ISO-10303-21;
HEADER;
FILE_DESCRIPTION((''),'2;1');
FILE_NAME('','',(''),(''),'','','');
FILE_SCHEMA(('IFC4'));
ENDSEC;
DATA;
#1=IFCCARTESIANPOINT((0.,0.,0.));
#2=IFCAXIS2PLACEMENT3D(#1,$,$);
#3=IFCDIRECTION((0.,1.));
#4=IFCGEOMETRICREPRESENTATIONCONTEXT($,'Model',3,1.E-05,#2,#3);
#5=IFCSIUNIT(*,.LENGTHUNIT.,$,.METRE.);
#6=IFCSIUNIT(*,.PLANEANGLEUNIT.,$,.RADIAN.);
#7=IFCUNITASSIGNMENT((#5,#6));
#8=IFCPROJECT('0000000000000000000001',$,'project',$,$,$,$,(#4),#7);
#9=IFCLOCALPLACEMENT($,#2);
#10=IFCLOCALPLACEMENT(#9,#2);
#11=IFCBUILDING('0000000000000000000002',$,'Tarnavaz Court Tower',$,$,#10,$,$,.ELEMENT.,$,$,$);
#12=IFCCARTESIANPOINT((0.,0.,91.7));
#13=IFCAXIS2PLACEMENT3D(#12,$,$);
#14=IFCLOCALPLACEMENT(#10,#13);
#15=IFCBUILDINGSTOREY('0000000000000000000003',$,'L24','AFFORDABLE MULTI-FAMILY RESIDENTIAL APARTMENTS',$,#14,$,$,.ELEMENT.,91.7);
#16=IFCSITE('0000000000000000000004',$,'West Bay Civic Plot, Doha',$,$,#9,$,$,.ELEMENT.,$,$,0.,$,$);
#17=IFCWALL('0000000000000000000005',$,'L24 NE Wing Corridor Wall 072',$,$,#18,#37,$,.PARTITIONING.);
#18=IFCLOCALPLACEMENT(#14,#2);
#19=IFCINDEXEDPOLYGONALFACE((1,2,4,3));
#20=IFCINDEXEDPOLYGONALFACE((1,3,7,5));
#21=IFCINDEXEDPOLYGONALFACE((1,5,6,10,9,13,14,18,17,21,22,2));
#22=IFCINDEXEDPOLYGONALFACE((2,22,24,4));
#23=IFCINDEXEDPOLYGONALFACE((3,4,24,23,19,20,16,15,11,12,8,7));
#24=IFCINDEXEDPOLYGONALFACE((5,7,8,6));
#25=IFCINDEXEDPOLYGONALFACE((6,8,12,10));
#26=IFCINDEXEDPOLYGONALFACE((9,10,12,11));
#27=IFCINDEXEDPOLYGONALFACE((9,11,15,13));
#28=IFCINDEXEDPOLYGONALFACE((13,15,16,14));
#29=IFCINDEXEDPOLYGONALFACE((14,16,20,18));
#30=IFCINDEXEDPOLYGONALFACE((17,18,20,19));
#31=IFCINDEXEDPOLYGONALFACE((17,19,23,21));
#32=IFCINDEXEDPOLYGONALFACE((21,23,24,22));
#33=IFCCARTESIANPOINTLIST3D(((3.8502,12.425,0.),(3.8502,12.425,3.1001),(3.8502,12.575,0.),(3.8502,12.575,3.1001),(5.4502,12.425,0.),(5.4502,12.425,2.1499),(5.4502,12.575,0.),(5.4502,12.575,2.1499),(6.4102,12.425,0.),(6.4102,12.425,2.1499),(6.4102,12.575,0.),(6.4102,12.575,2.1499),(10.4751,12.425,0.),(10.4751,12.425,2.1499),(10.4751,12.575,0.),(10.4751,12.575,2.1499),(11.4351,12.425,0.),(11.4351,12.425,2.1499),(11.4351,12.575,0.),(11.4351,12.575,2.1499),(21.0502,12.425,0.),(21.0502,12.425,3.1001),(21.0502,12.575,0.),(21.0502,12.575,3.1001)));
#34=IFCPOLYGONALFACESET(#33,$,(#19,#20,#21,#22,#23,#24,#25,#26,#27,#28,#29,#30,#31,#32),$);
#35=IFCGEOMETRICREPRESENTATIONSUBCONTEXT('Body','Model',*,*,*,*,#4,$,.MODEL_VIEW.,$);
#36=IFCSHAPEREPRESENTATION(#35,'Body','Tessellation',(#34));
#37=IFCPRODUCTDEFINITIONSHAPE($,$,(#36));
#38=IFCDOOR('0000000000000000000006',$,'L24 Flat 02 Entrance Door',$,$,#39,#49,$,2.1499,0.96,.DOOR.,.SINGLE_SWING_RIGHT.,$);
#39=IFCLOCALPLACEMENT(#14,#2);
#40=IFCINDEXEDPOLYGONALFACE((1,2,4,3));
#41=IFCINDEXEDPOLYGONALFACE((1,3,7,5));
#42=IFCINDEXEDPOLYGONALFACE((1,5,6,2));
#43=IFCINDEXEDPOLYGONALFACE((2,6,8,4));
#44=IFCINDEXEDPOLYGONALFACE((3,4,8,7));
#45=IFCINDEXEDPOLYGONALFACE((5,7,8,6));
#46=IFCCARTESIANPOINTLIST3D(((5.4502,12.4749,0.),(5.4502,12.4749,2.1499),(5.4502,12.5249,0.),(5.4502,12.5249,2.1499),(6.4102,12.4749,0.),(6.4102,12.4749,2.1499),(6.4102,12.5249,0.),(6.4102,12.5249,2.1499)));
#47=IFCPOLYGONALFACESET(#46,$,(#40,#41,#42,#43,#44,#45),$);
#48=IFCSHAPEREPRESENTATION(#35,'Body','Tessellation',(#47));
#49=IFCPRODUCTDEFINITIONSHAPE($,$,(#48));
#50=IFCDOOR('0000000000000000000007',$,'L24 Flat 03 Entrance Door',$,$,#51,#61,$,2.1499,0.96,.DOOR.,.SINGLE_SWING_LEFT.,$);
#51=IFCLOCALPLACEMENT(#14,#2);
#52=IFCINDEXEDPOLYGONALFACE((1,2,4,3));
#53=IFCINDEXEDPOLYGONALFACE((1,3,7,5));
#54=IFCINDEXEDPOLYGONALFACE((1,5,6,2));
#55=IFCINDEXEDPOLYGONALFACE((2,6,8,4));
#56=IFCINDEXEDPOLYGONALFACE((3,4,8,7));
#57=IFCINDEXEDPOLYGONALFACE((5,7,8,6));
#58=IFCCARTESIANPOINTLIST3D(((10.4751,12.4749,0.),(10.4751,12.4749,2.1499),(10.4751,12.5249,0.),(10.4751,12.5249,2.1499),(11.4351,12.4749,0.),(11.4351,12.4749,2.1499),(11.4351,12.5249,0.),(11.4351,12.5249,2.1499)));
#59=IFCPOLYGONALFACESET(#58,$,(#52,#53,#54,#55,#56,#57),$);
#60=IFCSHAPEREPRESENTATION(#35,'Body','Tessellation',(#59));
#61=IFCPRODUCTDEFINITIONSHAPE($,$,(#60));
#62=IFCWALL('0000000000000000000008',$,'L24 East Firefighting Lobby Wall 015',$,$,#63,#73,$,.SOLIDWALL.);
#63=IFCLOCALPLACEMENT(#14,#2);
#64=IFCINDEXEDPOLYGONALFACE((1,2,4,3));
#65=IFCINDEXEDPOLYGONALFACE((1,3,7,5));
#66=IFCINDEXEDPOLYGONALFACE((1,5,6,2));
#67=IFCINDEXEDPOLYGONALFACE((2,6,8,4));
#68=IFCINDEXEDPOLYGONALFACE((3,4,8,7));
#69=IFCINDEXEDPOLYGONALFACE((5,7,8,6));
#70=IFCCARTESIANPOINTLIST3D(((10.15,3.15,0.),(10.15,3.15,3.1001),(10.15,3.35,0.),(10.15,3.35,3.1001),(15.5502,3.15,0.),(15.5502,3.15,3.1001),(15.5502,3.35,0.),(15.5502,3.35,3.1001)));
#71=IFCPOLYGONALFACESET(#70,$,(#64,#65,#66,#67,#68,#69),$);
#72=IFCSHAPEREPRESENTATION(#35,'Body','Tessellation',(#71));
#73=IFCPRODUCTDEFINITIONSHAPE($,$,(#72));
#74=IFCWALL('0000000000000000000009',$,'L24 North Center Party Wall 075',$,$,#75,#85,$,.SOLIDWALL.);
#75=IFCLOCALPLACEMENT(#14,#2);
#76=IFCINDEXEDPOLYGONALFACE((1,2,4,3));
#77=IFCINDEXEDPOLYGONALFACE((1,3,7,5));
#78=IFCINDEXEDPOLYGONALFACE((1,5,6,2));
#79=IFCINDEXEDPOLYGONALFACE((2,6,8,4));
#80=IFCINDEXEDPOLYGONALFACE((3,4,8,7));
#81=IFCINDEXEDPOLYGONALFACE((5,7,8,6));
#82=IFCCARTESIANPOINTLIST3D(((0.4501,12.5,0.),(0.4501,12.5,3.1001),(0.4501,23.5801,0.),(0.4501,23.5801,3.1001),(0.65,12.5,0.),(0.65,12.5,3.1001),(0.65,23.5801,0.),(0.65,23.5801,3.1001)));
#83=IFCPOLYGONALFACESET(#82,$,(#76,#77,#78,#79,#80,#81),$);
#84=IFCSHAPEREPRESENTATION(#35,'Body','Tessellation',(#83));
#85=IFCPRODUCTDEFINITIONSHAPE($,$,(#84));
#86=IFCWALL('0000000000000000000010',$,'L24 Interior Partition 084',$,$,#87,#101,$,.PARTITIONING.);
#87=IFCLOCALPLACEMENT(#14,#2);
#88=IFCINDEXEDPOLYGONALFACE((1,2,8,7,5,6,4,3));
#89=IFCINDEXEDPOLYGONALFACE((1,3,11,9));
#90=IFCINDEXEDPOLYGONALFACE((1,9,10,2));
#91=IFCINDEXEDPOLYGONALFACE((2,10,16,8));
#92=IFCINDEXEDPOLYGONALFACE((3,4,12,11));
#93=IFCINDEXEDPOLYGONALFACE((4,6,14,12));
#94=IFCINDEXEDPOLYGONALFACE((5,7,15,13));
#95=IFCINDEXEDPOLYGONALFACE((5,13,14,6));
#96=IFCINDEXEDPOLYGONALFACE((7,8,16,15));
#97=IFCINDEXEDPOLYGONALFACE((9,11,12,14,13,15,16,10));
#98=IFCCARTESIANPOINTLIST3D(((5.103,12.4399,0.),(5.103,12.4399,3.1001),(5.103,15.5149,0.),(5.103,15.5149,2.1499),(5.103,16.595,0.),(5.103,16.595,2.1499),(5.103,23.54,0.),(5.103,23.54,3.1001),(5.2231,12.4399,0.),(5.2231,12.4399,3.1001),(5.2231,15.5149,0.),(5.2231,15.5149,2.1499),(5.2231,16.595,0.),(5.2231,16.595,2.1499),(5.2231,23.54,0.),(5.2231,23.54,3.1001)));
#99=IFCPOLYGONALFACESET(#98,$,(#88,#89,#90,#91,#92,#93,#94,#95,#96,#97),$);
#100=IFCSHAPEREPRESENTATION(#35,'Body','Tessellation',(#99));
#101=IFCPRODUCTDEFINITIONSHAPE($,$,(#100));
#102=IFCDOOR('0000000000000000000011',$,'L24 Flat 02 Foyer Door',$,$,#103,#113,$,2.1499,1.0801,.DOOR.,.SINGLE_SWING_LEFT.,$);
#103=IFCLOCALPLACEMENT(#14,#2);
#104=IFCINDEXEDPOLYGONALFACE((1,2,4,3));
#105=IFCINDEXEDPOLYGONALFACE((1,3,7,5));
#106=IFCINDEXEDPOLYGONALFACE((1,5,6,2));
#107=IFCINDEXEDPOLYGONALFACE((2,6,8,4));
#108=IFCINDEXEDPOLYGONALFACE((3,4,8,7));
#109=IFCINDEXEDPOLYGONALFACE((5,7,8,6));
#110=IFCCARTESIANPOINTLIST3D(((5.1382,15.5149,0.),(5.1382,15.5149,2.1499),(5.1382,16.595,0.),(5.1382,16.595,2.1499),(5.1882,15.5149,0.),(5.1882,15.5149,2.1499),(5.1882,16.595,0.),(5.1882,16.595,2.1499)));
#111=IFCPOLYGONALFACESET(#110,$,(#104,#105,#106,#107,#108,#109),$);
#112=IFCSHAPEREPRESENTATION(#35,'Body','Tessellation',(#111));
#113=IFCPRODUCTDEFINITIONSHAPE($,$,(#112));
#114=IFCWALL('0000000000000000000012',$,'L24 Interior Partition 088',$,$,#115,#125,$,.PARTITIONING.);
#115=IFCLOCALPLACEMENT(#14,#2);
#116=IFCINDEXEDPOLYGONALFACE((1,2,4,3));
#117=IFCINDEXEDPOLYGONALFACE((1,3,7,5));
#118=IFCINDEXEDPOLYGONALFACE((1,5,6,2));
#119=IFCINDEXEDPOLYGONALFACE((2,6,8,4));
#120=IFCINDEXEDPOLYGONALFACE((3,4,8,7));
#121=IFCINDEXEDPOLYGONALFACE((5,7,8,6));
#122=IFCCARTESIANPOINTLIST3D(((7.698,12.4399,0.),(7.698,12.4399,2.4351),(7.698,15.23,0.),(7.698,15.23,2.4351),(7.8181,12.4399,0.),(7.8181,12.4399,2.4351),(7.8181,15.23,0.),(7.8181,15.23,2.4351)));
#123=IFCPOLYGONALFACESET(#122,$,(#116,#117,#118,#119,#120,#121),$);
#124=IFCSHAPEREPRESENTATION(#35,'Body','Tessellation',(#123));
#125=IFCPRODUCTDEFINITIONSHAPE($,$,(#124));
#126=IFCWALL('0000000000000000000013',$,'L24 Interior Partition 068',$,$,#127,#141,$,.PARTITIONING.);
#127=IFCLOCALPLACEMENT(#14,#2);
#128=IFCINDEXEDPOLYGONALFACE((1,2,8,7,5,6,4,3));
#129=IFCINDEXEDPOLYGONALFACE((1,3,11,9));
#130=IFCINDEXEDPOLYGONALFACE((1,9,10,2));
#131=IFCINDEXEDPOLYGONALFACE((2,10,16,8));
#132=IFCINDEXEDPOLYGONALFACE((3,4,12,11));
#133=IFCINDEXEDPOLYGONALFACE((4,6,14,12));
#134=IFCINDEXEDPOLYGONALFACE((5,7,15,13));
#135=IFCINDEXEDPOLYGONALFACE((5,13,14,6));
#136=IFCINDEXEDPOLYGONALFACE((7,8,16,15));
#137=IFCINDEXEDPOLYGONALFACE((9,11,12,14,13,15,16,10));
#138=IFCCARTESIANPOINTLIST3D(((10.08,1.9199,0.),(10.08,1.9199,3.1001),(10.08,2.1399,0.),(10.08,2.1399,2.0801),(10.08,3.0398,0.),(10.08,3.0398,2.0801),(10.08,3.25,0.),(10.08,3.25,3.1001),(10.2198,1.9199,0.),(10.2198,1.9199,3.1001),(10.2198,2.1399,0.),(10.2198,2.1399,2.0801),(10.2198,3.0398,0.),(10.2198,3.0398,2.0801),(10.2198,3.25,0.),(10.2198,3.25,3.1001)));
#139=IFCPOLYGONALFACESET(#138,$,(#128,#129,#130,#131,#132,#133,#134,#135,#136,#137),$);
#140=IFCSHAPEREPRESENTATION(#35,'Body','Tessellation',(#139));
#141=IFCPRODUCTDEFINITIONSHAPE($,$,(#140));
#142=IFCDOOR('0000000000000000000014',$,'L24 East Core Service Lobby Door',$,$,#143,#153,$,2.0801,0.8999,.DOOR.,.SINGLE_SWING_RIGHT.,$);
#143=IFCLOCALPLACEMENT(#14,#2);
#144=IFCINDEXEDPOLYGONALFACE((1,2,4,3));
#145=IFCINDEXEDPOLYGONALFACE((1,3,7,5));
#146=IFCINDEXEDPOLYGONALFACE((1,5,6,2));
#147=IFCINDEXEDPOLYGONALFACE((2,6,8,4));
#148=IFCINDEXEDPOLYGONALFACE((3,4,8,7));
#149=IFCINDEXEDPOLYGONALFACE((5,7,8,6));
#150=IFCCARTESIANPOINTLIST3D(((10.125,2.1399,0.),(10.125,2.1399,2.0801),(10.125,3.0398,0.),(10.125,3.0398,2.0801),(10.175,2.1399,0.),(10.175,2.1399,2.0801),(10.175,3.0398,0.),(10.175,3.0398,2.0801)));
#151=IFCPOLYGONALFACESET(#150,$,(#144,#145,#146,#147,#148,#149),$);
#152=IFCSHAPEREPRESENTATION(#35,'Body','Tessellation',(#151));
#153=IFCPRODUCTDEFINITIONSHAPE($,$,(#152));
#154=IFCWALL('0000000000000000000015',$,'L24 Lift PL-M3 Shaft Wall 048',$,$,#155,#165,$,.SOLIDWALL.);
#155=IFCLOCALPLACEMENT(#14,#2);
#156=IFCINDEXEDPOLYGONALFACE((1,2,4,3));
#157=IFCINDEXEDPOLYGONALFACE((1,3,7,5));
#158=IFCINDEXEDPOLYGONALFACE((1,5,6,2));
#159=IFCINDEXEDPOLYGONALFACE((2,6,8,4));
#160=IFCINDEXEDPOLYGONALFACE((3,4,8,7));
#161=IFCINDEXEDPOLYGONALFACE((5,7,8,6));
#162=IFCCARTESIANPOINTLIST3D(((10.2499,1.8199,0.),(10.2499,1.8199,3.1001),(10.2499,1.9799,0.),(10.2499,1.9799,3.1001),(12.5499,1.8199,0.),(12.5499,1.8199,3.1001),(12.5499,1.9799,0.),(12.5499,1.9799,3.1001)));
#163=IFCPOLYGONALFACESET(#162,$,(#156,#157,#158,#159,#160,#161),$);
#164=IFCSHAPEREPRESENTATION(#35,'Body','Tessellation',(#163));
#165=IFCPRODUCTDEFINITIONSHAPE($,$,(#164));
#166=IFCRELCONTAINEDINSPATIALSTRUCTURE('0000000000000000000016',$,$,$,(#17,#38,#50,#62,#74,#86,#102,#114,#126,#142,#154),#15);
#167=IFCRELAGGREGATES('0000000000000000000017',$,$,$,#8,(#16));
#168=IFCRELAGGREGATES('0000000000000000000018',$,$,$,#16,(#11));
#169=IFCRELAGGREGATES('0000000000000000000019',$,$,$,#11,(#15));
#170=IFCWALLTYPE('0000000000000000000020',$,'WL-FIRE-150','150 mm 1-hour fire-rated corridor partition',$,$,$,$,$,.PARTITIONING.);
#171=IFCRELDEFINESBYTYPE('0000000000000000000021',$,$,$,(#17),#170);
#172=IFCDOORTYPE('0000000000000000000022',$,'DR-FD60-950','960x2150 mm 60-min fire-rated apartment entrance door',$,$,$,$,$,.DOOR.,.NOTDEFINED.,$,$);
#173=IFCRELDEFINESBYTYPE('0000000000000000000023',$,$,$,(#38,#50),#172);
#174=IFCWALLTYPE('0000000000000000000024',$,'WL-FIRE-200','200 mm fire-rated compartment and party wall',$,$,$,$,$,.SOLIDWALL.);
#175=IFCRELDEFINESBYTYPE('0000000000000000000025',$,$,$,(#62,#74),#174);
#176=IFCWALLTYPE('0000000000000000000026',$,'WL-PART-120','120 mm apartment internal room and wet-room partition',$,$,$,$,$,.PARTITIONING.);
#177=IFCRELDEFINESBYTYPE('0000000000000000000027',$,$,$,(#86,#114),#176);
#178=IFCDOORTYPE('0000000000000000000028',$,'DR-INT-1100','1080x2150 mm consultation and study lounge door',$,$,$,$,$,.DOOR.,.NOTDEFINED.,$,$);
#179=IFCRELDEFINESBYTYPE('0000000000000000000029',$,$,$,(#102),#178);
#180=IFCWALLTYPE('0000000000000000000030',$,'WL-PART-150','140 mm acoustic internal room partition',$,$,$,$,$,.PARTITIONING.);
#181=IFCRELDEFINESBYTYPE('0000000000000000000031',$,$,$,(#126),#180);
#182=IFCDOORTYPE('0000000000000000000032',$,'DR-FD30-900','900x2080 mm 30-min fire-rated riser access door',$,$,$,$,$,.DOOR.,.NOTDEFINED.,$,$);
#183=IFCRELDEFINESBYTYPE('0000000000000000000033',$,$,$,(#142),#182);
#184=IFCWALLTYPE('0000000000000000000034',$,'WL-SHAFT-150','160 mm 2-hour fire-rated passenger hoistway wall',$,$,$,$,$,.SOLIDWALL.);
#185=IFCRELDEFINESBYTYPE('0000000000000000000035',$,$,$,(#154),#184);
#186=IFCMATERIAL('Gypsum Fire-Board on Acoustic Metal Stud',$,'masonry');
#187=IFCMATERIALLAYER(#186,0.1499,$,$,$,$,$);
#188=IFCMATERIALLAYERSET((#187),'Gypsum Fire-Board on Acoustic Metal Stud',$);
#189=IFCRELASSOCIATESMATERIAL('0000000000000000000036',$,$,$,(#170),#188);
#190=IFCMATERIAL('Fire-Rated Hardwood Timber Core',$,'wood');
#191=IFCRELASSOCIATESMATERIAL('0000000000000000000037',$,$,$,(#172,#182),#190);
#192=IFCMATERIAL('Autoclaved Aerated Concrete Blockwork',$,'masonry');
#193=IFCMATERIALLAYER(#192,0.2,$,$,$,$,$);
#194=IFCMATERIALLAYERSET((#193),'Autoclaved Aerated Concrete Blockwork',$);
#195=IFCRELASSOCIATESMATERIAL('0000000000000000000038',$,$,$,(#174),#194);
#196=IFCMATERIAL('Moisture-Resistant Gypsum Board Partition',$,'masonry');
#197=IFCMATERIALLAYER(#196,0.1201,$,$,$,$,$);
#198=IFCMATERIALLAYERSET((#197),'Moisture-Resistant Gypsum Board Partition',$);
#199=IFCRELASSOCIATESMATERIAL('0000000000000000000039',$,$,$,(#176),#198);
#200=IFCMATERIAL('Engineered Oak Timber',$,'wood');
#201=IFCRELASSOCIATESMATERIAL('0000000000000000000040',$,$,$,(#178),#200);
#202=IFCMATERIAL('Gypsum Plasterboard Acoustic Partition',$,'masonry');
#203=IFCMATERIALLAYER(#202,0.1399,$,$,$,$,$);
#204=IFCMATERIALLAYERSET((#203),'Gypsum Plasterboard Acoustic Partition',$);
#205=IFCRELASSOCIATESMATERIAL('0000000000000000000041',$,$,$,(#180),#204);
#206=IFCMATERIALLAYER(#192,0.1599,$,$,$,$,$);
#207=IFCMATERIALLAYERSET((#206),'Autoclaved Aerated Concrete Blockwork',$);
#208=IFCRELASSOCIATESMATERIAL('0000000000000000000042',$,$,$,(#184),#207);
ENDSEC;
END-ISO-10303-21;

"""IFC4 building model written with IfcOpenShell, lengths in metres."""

from ifc_helpers import new_model, si_unit, direction, frame, frame_2d, origin, place, context, subcontext, project, spatial, rectangle, extrude, material, layer, layer_set, type_object, element, fill, save


model = new_model("IFC4")

# Units and contexts
model_context = context("Model", 3, precision=1e-05, world=origin(), true_north=direction((0.0, 1.0)))
body_context = subcontext(model_context, "Body", "Model", "MODEL_VIEW")
ifc_project = project(units=[si_unit("LENGTHUNIT", "METRE"), si_unit("PLANEANGLEUNIT", "RADIAN")], contexts=[model_context])

# Site, building, storey
site_placement = place(None, origin())
site = spatial("IfcSite", under=ifc_project, at=site_placement, Name="West Bay Civic Plot, Doha", CompositionType="ELEMENT", RefElevation=0.0)
building_placement = place(site_placement, origin())
building = spatial("IfcBuilding", under=site, at=building_placement, Name="Tarnavaz Court Tower", CompositionType="ELEMENT")
storey_placement = place(building_placement, frame((0.0, 0.0, 91.7)))
storey = spatial("IfcBuildingStorey", under=building, at=storey_placement, Name="L24", Description="AFFORDABLE MULTI-FAMILY RESIDENTIAL APARTMENTS", CompositionType="ELEMENT", Elevation=91.7)

# Shared definitions
ifc_material_1 = material(Name="Fire-Rated Hardwood Timber Core", Category="wood")

# Wall, openings, doors
ifc_material_2 = material(Name="Gypsum Fire-Board on Acoustic Metal Stud", Category="masonry")
ifc_layer_1 = layer(ifc_material_2, 0.1499)
ifc_layer_set_1 = layer_set([ifc_layer_1], Name="Gypsum Fire-Board on Acoustic Metal Stud")
wall_type_1 = type_object("IfcWallType", Name="WL-FIRE-150", Description="150 mm 1-hour fire-rated corridor partition", PredefinedType="PARTITIONING", material=ifc_layer_set_1)
wall_1_placement = place(storey_placement, frame((3.8501, 12.5, 0.0), z_axis=(0.0, 0.0, 1.0), x_axis=(1.0, 0.0, 0.0)))
wall_1 = element("IfcWall", 1, at=wall_1_placement, inside=storey, type_object=wall_type_1, Name="L24 NE Wing Corridor Wall 072", PredefinedType="PARTITIONING", context=body_context, shape_type="SweptSolid", body=[
    extrude(rectangle(XDim=17.2, YDim=0.1499, at=frame_2d((8.6001, 0.0))), origin(), (0.0, 0.0, 1.0), 3.1001),
])
opening_1_placement = place(wall_1_placement, frame((1.6001, 0.0, 0.0)))
opening_1 = element("IfcOpeningElement", 2, at=opening_1_placement, cuts=wall_1, PredefinedType="OPENING", context=body_context, shape_type="SweptSolid", body=[
    extrude(rectangle(XDim=0.96, YDim=2.1499, at=frame_2d((0.48, 1.075))), frame((0.0, 0.085, 0.0), z_axis=(0.0, -1.0, 0.0), x_axis=(1.0, 0.0, 0.0)), (0.0, 0.0, 1.0), 0.1699),
])
opening_2_placement = place(wall_1_placement, frame((6.625, 0.0, 0.0)))
opening_2 = element("IfcOpeningElement", 3, at=opening_2_placement, cuts=wall_1, PredefinedType="OPENING", context=body_context, shape_type="SweptSolid", body=[
    extrude(rectangle(XDim=0.96, YDim=2.1499, at=frame_2d((0.48, 1.075))), frame((0.0, 0.085, 0.0), z_axis=(0.0, -1.0, 0.0), x_axis=(1.0, 0.0, 0.0)), (0.0, 0.0, 1.0), 0.1699),
])
door_type_1 = type_object("IfcDoorType", Name="DR-FD60-950", Description="960x2150 mm 60-min fire-rated apartment entrance door", OperationType="NOTDEFINED", PredefinedType="DOOR", material=ifc_material_1)
door_1_placement = place(opening_1_placement, origin())
door_1 = element("IfcDoor", 4, at=door_1_placement, inside=storey, type_object=door_type_1, Name="L24 Flat 02 Entrance Door", OperationType="SINGLE_SWING_RIGHT", OverallHeight=2.1499, OverallWidth=0.96, PredefinedType="DOOR", context=body_context, shape_type="SweptSolid", body=[
    extrude(rectangle(XDim=0.96, YDim=2.1499, at=frame_2d((0.48, 1.075))), frame((0.0, 0.0249, 0.0), z_axis=(0.0, -1.0, 0.0), x_axis=(1.0, 0.0, 0.0)), (0.0, 0.0, 1.0), 0.05),
])
fill(opening_1, door_1)
door_2_placement = place(opening_2_placement, origin())
door_2 = element("IfcDoor", 5, at=door_2_placement, inside=storey, type_object=door_type_1, Name="L24 Flat 03 Entrance Door", OperationType="SINGLE_SWING_LEFT", OverallHeight=2.1499, OverallWidth=0.96, PredefinedType="DOOR", context=body_context, shape_type="SweptSolid", body=[
    extrude(rectangle(XDim=0.96, YDim=2.1499, at=frame_2d((0.48, 1.075))), frame((0.0, 0.0249, 0.0), z_axis=(0.0, -1.0, 0.0), x_axis=(1.0, 0.0, 0.0)), (0.0, 0.0, 1.0), 0.05),
])
fill(opening_2, door_2)

# Wall
ifc_material_3 = material(Name="Autoclaved Aerated Concrete Blockwork", Category="masonry")
ifc_layer_2 = layer(ifc_material_3, 0.2)
ifc_layer_set_2 = layer_set([ifc_layer_2], Name="Autoclaved Aerated Concrete Blockwork")
wall_type_2 = type_object("IfcWallType", Name="WL-FIRE-200", Description="200 mm fire-rated compartment and party wall", PredefinedType="SOLIDWALL", material=ifc_layer_set_2)
wall_2_placement = place(storey_placement, frame((10.1499, 3.25, 0.0), z_axis=(0.0, 0.0, 1.0), x_axis=(1.0, 0.0, 0.0)))
element("IfcWall", 6, at=wall_2_placement, inside=storey, type_object=wall_type_2, Name="L24 East Firefighting Lobby Wall 015", PredefinedType="SOLIDWALL", context=body_context, shape_type="SweptSolid", body=[
    extrude(rectangle(XDim=5.4001, YDim=0.2, at=frame_2d((2.7002, 0.0))), origin(), (0.0, 0.0, 1.0), 3.1001),
])

# Wall
wall_3_placement = place(storey_placement, frame((0.55, 12.5, 0.0), z_axis=(0.0, 0.0, 1.0), x_axis=(0.0, 1.0, 0.0)))
element("IfcWall", 7, at=wall_3_placement, inside=storey, type_object=wall_type_2, Name="L24 North Center Party Wall 075", PredefinedType="SOLIDWALL", context=body_context, shape_type="SweptSolid", body=[
    extrude(rectangle(XDim=11.0801, YDim=0.2, at=frame_2d((5.54, 0.0))), origin(), (0.0, 0.0, 1.0), 3.1001),
])

# Wall, opening, door
ifc_material_4 = material(Name="Moisture-Resistant Gypsum Board Partition", Category="masonry")
ifc_layer_3 = layer(ifc_material_4, 0.1201)
ifc_layer_set_3 = layer_set([ifc_layer_3], Name="Moisture-Resistant Gypsum Board Partition")
wall_type_3 = type_object("IfcWallType", Name="WL-PART-120", Description="120 mm apartment internal room and wet-room partition", PredefinedType="PARTITIONING", material=ifc_layer_set_3)
wall_4_placement = place(storey_placement, frame((5.1631, 12.4399, 0.0), z_axis=(0.0, 0.0, 1.0), x_axis=(0.0, 1.0, 0.0)))
wall_4 = element("IfcWall", 8, at=wall_4_placement, inside=storey, type_object=wall_type_3, Name="L24 Interior Partition 084", PredefinedType="PARTITIONING", context=body_context, shape_type="SweptSolid", body=[
    extrude(rectangle(XDim=11.1001, YDim=0.1201, at=frame_2d((5.55, 0.0))), origin(), (0.0, 0.0, 1.0), 3.1001),
])
opening_3_placement = place(wall_4_placement, frame((3.075, 0.0, 0.0)))
opening_3 = element("IfcOpeningElement", 9, at=opening_3_placement, cuts=wall_4, PredefinedType="OPENING", context=body_context, shape_type="SweptSolid", body=[
    extrude(rectangle(XDim=1.0801, YDim=2.1499, at=frame_2d((0.54, 1.075))), frame((0.0, 0.0701, 0.0), z_axis=(0.0, -1.0, 0.0), x_axis=(1.0, 0.0, 0.0)), (0.0, 0.0, 1.0), 0.1401),
])
ifc_material_5 = material(Name="Engineered Oak Timber", Category="wood")
door_type_2 = type_object("IfcDoorType", Name="DR-INT-1100", Description="1080x2150 mm consultation and study lounge door", OperationType="NOTDEFINED", PredefinedType="DOOR", material=ifc_material_5)
door_3_placement = place(opening_3_placement, origin())
door_3 = element("IfcDoor", 10, at=door_3_placement, inside=storey, type_object=door_type_2, Name="L24 Flat 02 Foyer Door", OperationType="SINGLE_SWING_LEFT", OverallHeight=2.1499, OverallWidth=1.0801, PredefinedType="DOOR", context=body_context, shape_type="SweptSolid", body=[
    extrude(rectangle(XDim=1.0801, YDim=2.1499, at=frame_2d((0.54, 1.075))), frame((0.0, 0.0249, 0.0), z_axis=(0.0, -1.0, 0.0), x_axis=(1.0, 0.0, 0.0)), (0.0, 0.0, 1.0), 0.05),
])
fill(opening_3, door_3)

# Wall
wall_5_placement = place(storey_placement, frame((7.7581, 12.4399, 0.0), z_axis=(0.0, 0.0, 1.0), x_axis=(0.0, 1.0, 0.0)))
element("IfcWall", 11, at=wall_5_placement, inside=storey, type_object=wall_type_3, Name="L24 Interior Partition 088", PredefinedType="PARTITIONING", context=body_context, shape_type="SweptSolid", body=[
    extrude(rectangle(XDim=2.79, YDim=0.1201, at=frame_2d((1.395, 0.0))), origin(), (0.0, 0.0, 1.0), 2.4351),
])

# Wall, opening, door
ifc_material_6 = material(Name="Gypsum Plasterboard Acoustic Partition", Category="masonry")
ifc_layer_4 = layer(ifc_material_6, 0.1399)
ifc_layer_set_4 = layer_set([ifc_layer_4], Name="Gypsum Plasterboard Acoustic Partition")
wall_type_4 = type_object("IfcWallType", Name="WL-PART-150", Description="140 mm acoustic internal room partition", PredefinedType="PARTITIONING", material=ifc_layer_set_4)
wall_6_placement = place(storey_placement, frame((10.1499, 1.9199, 0.0), z_axis=(0.0, 0.0, 1.0), x_axis=(0.0, 1.0, 0.0)))
wall_6 = element("IfcWall", 12, at=wall_6_placement, inside=storey, type_object=wall_type_4, Name="L24 Interior Partition 068", PredefinedType="PARTITIONING", context=body_context, shape_type="SweptSolid", body=[
    extrude(rectangle(XDim=1.3301, YDim=0.1399, at=frame_2d((0.665, 0.0))), origin(), (0.0, 0.0, 1.0), 3.1001),
])
opening_4_placement = place(wall_6_placement, frame((0.22, 0.0, 0.0)))
opening_4 = element("IfcOpeningElement", 13, at=opening_4_placement, cuts=wall_6, PredefinedType="OPENING", context=body_context, shape_type="SweptSolid", body=[
    extrude(rectangle(XDim=0.8999, YDim=2.0801, at=frame_2d((0.45, 1.04))), frame((0.0, 0.0798, 0.0), z_axis=(0.0, -1.0, 0.0), x_axis=(1.0, 0.0, 0.0)), (0.0, 0.0, 1.0), 0.1599),
])
door_type_3 = type_object("IfcDoorType", Name="DR-FD30-900", Description="900x2080 mm 30-min fire-rated riser access door", OperationType="NOTDEFINED", PredefinedType="DOOR", material=ifc_material_1)
door_4_placement = place(opening_4_placement, origin())
door_4 = element("IfcDoor", 14, at=door_4_placement, inside=storey, type_object=door_type_3, Name="L24 East Core Service Lobby Door", OperationType="SINGLE_SWING_RIGHT", OverallHeight=2.0801, OverallWidth=0.8999, PredefinedType="DOOR", context=body_context, shape_type="SweptSolid", body=[
    extrude(rectangle(XDim=0.8999, YDim=2.0801, at=frame_2d((0.45, 1.04))), frame((0.0, 0.0249, 0.0), z_axis=(0.0, -1.0, 0.0), x_axis=(1.0, 0.0, 0.0)), (0.0, 0.0, 1.0), 0.05),
])
fill(opening_4, door_4)

# Wall
ifc_layer_5 = layer(ifc_material_3, 0.1599)
ifc_layer_set_5 = layer_set([ifc_layer_5], Name="Autoclaved Aerated Concrete Blockwork")
wall_type_5 = type_object("IfcWallType", Name="WL-SHAFT-150", Description="160 mm 2-hour fire-rated passenger hoistway wall", PredefinedType="SOLIDWALL", material=ifc_layer_set_5)
wall_7_placement = place(storey_placement, frame((10.25, 1.8999, 0.0), z_axis=(0.0, 0.0, 1.0), x_axis=(1.0, 0.0, 0.0)))
element("IfcWall", 15, at=wall_7_placement, inside=storey, type_object=wall_type_5, Name="L24 Lift PL-M3 Shaft Wall 048", PredefinedType="SOLIDWALL", context=body_context, shape_type="SweptSolid", body=[
    extrude(rectangle(XDim=2.3, YDim=0.1599, at=frame_2d((1.1499, 0.0))), origin(), (0.0, 0.0, 1.0), 3.1001),
])

save(model, "model.ifc")
